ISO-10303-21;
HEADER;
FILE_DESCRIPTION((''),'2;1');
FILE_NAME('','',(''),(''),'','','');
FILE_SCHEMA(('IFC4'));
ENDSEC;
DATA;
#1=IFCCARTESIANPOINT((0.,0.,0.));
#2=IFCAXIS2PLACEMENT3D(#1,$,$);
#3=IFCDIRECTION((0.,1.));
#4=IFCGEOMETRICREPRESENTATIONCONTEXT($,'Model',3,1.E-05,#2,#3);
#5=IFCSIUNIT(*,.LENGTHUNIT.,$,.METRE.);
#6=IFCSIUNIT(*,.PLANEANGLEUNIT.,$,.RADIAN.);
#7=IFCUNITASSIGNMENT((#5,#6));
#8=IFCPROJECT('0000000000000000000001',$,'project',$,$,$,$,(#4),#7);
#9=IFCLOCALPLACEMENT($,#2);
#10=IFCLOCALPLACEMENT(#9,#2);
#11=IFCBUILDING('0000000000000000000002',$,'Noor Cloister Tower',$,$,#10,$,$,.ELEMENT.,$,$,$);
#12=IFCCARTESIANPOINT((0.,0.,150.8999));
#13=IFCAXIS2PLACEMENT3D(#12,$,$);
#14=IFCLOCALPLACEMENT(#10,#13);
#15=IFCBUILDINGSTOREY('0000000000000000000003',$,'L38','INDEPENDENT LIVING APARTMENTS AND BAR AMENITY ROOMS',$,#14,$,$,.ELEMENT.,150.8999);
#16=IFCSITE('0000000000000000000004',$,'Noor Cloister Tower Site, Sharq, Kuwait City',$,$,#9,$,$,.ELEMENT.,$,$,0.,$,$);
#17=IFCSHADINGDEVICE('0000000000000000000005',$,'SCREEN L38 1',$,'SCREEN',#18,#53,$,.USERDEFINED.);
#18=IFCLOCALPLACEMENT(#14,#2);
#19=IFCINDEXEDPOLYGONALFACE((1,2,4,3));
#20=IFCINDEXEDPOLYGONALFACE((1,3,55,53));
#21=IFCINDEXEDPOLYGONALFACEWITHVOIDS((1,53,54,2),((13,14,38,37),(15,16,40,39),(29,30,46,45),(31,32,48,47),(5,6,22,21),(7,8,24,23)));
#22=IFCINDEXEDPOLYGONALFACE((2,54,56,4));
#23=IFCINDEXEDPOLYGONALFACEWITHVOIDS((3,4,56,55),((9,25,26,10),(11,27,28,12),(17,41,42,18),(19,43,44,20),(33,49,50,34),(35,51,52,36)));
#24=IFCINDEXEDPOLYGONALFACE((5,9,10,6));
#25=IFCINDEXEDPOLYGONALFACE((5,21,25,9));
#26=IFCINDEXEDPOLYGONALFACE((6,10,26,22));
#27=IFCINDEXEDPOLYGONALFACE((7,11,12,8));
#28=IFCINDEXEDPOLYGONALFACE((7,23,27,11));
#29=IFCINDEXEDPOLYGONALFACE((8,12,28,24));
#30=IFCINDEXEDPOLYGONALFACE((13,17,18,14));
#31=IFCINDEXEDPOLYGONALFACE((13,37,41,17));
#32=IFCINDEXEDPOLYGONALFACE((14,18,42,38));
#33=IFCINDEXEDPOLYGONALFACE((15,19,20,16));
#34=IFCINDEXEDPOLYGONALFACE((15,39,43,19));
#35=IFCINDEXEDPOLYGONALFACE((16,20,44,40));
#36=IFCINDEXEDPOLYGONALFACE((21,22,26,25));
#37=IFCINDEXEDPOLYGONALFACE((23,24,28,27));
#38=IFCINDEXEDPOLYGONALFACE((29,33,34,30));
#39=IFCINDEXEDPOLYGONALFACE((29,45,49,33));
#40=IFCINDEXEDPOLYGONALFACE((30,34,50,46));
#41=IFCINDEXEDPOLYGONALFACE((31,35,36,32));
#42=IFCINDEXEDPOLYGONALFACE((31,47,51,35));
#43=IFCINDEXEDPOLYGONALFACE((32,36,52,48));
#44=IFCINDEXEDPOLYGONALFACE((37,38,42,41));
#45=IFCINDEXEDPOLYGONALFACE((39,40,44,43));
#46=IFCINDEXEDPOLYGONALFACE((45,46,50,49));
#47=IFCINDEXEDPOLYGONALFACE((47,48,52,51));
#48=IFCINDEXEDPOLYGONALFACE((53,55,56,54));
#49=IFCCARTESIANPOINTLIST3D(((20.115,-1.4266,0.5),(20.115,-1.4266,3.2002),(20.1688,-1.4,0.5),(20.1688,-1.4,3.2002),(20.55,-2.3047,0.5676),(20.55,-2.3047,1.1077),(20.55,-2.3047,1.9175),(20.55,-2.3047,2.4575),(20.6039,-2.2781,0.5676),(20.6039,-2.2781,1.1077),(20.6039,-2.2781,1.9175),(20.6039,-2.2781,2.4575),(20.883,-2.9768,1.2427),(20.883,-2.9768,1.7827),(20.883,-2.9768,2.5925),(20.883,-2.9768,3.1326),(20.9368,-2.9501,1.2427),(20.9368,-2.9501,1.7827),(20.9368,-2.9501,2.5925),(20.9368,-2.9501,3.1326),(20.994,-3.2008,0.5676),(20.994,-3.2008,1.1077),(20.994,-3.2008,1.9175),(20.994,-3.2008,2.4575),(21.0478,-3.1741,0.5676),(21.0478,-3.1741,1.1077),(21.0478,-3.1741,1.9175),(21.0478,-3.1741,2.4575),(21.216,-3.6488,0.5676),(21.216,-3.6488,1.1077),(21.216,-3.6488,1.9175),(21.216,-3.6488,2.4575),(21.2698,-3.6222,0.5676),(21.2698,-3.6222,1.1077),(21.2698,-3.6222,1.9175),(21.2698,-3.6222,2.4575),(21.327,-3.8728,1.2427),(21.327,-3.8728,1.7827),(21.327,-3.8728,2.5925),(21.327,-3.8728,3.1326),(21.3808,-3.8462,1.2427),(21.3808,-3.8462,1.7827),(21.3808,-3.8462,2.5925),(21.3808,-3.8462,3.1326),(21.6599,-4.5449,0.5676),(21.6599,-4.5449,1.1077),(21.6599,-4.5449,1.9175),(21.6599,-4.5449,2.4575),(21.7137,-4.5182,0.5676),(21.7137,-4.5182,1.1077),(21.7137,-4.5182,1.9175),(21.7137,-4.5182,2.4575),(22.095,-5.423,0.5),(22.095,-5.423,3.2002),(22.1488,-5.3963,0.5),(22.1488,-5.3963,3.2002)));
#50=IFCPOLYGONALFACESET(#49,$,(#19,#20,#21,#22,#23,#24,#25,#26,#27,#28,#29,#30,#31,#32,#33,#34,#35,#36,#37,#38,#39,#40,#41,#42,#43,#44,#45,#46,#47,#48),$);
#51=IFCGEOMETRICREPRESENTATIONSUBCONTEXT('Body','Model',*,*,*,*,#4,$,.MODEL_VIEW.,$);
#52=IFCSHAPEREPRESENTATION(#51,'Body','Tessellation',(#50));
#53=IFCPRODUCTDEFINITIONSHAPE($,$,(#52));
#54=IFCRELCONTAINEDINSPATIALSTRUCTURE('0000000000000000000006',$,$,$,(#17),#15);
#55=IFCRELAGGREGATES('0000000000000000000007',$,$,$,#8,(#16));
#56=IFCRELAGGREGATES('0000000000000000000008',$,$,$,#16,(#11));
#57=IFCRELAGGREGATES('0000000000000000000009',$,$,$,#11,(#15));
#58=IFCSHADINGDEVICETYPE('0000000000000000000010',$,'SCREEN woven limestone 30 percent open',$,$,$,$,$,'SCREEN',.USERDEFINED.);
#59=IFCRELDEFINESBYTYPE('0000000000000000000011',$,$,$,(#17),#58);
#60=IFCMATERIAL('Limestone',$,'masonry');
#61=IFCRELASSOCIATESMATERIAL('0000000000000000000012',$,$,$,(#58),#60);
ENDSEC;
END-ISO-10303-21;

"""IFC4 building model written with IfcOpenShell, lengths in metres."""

from ifc_helpers import new_model, si_unit, direction, frame, origin, place, context, subcontext, project, spatial, polyline, outline, extrude, material, material_profile, profile_set, type_object, element, save


model = new_model("IFC4")

# Units and contexts
model_context = context("Model", 3, precision=1e-05, world=origin(), true_north=direction((0.0, 1.0)))
body_context = subcontext(model_context, "Body", "Model", "MODEL_VIEW")
ifc_project = project(units=[si_unit("LENGTHUNIT", "METRE"), si_unit("PLANEANGLEUNIT", "RADIAN")], contexts=[model_context])

# Site, building, storey
site_placement = place(None, origin())
site = spatial("IfcSite", under=ifc_project, at=site_placement, Name="Noor Cloister Tower Site, Sharq, Kuwait City", CompositionType="ELEMENT", RefElevation=0.0)
building_placement = place(site_placement, origin())
building = spatial("IfcBuilding", under=site, at=building_placement, Name="Noor Cloister Tower", CompositionType="ELEMENT")
storey_placement = place(building_placement, frame((0.0, 0.0, 150.8999)))
storey = spatial("IfcBuildingStorey", under=building, at=storey_placement, Name="L38", Description="INDEPENDENT LIVING APARTMENTS AND BAR AMENITY ROOMS", CompositionType="ELEMENT", Elevation=150.8999)

# Shading device
ifc_material_1 = material(Name="Limestone", Category="masonry")
ifc_material_profile_1 = material_profile(ifc_material_1, outline(polyline([(-2.23, -1.3501), (2.23, -1.3501), (2.23, 1.3501), (-2.23, 1.3501), (-2.23, -1.3501)]), holes=[polyline([(-1.25, -1.2825), (-0.25, -1.2825), (-0.25, -0.7424), (-1.25, -0.7424), (-1.25, -1.2825)]), polyline([(0.25, -1.2825), (1.25, -1.2825), (1.25, -0.7424), (0.25, -0.7424), (0.25, -1.2825)]), polyline([(-0.5, -0.6074), (0.5, -0.6074), (0.5, -0.0674), (-0.5, -0.0674), (-0.5, -0.6074)]), polyline([(-1.25, 0.0674), (-0.25, 0.0674), (-0.25, 0.6074), (-1.25, 0.6074), (-1.25, 0.0674)]), polyline([(0.25, 0.0674), (1.25, 0.0674), (1.25, 0.6074), (0.25, 0.6074), (0.25, 0.0674)]), polyline([(-0.5, 0.7424), (0.5, 0.7424), (0.5, 1.2825), (-0.5, 1.2825), (-0.5, 0.7424)])]), Name="Woven screen 30 percent open")
ifc_profile_set_1 = profile_set([ifc_material_profile_1], Name="Limestone")
shading_device_type = type_object("IfcShadingDeviceType", Name="SCREEN woven limestone 30 percent open", ElementType="SCREEN", PredefinedType="USERDEFINED", material=ifc_profile_set_1)
shading_device_placement = place(storey_placement, frame((21.105, -3.4248, 1.8501), z_axis=(0.89605, 0.443952, 0.0), x_axis=(-0.443952, 0.89605, 0.0)))
element("IfcShadingDevice", 1, at=shading_device_placement, inside=storey, type_object=shading_device_type, Name="SCREEN L38 1", ObjectType="SCREEN", PredefinedType="USERDEFINED", context=body_context, shape_type="SweptSolid", body=[
    extrude(outline(polyline([(-2.23, -1.3501), (2.23, -1.3501), (2.23, 1.3501), (-2.23, 1.3501), (-2.23, -1.3501)]), holes=[polyline([(-1.25, -1.2825), (-0.25, -1.2825), (-0.25, -0.7424), (-1.25, -0.7424), (-1.25, -1.2825)]), polyline([(0.25, -1.2825), (1.25, -1.2825), (1.25, -0.7424), (0.25, -0.7424), (0.25, -1.2825)]), polyline([(-0.5, -0.6074), (0.5, -0.6074), (0.5, -0.0674), (-0.5, -0.0674), (-0.5, -0.6074)]), polyline([(-1.25, 0.0674), (-0.25, 0.0674), (-0.25, 0.6074), (-1.25, 0.6074), (-1.25, 0.0674)]), polyline([(0.25, 0.0674), (1.25, 0.0674), (1.25, 0.6074), (0.25, 0.6074), (0.25, 0.0674)]), polyline([(-0.5, 0.7424), (0.5, 0.7424), (0.5, 1.2825), (-0.5, 1.2825), (-0.5, 0.7424)])]), origin(), (0.0, 0.0, 1.0), 0.0601),
])

save(model, "model.ifc")
